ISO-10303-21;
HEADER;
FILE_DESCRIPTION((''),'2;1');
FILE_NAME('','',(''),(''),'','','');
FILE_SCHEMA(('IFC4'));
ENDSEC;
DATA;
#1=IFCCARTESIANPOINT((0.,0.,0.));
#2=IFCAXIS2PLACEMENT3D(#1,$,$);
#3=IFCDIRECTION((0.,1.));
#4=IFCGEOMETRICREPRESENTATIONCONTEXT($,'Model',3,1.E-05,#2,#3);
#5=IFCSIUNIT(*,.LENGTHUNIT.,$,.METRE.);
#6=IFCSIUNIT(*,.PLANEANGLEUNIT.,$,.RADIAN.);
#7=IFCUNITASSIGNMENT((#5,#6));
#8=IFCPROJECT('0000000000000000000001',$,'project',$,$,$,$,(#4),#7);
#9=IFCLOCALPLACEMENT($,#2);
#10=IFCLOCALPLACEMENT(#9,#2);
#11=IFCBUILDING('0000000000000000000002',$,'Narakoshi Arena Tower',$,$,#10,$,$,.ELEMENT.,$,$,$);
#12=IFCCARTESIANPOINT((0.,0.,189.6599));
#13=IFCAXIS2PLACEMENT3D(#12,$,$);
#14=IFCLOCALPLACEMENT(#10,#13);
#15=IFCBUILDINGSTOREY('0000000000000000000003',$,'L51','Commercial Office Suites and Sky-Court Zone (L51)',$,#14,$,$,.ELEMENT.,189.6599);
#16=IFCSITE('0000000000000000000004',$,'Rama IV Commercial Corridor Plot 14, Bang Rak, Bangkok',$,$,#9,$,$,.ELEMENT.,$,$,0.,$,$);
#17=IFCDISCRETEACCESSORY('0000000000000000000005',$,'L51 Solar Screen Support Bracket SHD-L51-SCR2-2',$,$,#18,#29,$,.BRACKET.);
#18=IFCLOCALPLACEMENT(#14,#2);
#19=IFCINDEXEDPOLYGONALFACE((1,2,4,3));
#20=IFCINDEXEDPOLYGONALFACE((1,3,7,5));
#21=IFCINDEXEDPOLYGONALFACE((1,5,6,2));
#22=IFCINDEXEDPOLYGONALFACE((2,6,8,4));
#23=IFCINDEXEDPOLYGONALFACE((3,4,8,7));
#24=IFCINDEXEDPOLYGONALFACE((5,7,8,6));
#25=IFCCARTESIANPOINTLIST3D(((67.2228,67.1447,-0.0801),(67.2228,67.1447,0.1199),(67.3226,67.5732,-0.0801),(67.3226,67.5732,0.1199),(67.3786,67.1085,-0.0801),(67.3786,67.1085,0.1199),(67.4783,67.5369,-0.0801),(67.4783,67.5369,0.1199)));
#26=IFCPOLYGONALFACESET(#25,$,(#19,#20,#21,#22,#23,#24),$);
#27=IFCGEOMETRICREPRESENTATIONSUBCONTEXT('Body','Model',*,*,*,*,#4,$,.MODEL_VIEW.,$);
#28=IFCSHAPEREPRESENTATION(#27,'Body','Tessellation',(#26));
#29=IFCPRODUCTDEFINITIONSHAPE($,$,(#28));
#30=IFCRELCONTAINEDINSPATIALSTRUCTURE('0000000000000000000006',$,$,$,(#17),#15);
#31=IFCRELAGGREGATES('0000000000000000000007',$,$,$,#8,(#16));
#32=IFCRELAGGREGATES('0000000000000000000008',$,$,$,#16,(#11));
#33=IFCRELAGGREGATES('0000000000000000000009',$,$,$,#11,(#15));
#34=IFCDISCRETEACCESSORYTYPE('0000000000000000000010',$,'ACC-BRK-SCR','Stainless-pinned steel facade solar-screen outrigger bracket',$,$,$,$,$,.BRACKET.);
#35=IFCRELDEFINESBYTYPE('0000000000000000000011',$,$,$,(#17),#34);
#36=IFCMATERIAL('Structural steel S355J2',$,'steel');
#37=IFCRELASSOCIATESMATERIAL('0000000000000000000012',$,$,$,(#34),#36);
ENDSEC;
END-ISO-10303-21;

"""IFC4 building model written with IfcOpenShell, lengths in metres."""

from ifc_helpers import new_model, si_unit, direction, frame, origin, origin_2d, place, context, subcontext, project, spatial, rectangle, extrude, material, type_object, element, save


model = new_model("IFC4")

# Units and contexts
model_context = context("Model", 3, precision=1e-05, world=origin(), true_north=direction((0.0, 1.0)))
body_context = subcontext(model_context, "Body", "Model", "MODEL_VIEW")
ifc_project = project(units=[si_unit("LENGTHUNIT", "METRE"), si_unit("PLANEANGLEUNIT", "RADIAN")], contexts=[model_context])

# Site, building, storey
site_placement = place(None, origin())
site = spatial("IfcSite", under=ifc_project, at=site_placement, Name="Rama IV Commercial Corridor Plot 14, Bang Rak, Bangkok", CompositionType="ELEMENT", RefElevation=0.0)
building_placement = place(site_placement, origin())
building = spatial("IfcBuilding", under=site, at=building_placement, Name="Narakoshi Arena Tower", CompositionType="ELEMENT")
storey_placement = place(building_placement, frame((0.0, 0.0, 189.6599)))
storey = spatial("IfcBuildingStorey", under=building, at=storey_placement, Name="L51", Description="Commercial Office Suites and Sky-Court Zone (L51)", CompositionType="ELEMENT", Elevation=189.6599)

# Shared definitions
ifc_material_1 = material(Name="Structural steel S355J2", Category="steel")

# Discrete accessory
discrete_accessory_type = type_object("IfcDiscreteAccessoryType", Name="ACC-BRK-SCR", Description="Stainless-pinned steel facade solar-screen outrigger bracket", PredefinedType="BRACKET", material=ifc_material_1)
discrete_accessory_placement = place(storey_placement, frame((67.3506, 67.3408, -0.0801), z_axis=(0.0, 0.0, 1.0), x_axis=(-0.97396, 0.226719, 0.0)))
element("IfcDiscreteAccessory", 1, at=discrete_accessory_placement, inside=storey, type_object=discrete_accessory_type, Name="L51 Solar Screen Support Bracket SHD-L51-SCR2-2", PredefinedType="BRACKET", context=body_context, shape_type="SweptSolid", body=[
    extrude(rectangle(XDim=0.1599, YDim=0.4399, at=origin_2d()), origin(), (0.0, 0.0, 1.0), 0.2),
])

save(model, "model.ifc")
